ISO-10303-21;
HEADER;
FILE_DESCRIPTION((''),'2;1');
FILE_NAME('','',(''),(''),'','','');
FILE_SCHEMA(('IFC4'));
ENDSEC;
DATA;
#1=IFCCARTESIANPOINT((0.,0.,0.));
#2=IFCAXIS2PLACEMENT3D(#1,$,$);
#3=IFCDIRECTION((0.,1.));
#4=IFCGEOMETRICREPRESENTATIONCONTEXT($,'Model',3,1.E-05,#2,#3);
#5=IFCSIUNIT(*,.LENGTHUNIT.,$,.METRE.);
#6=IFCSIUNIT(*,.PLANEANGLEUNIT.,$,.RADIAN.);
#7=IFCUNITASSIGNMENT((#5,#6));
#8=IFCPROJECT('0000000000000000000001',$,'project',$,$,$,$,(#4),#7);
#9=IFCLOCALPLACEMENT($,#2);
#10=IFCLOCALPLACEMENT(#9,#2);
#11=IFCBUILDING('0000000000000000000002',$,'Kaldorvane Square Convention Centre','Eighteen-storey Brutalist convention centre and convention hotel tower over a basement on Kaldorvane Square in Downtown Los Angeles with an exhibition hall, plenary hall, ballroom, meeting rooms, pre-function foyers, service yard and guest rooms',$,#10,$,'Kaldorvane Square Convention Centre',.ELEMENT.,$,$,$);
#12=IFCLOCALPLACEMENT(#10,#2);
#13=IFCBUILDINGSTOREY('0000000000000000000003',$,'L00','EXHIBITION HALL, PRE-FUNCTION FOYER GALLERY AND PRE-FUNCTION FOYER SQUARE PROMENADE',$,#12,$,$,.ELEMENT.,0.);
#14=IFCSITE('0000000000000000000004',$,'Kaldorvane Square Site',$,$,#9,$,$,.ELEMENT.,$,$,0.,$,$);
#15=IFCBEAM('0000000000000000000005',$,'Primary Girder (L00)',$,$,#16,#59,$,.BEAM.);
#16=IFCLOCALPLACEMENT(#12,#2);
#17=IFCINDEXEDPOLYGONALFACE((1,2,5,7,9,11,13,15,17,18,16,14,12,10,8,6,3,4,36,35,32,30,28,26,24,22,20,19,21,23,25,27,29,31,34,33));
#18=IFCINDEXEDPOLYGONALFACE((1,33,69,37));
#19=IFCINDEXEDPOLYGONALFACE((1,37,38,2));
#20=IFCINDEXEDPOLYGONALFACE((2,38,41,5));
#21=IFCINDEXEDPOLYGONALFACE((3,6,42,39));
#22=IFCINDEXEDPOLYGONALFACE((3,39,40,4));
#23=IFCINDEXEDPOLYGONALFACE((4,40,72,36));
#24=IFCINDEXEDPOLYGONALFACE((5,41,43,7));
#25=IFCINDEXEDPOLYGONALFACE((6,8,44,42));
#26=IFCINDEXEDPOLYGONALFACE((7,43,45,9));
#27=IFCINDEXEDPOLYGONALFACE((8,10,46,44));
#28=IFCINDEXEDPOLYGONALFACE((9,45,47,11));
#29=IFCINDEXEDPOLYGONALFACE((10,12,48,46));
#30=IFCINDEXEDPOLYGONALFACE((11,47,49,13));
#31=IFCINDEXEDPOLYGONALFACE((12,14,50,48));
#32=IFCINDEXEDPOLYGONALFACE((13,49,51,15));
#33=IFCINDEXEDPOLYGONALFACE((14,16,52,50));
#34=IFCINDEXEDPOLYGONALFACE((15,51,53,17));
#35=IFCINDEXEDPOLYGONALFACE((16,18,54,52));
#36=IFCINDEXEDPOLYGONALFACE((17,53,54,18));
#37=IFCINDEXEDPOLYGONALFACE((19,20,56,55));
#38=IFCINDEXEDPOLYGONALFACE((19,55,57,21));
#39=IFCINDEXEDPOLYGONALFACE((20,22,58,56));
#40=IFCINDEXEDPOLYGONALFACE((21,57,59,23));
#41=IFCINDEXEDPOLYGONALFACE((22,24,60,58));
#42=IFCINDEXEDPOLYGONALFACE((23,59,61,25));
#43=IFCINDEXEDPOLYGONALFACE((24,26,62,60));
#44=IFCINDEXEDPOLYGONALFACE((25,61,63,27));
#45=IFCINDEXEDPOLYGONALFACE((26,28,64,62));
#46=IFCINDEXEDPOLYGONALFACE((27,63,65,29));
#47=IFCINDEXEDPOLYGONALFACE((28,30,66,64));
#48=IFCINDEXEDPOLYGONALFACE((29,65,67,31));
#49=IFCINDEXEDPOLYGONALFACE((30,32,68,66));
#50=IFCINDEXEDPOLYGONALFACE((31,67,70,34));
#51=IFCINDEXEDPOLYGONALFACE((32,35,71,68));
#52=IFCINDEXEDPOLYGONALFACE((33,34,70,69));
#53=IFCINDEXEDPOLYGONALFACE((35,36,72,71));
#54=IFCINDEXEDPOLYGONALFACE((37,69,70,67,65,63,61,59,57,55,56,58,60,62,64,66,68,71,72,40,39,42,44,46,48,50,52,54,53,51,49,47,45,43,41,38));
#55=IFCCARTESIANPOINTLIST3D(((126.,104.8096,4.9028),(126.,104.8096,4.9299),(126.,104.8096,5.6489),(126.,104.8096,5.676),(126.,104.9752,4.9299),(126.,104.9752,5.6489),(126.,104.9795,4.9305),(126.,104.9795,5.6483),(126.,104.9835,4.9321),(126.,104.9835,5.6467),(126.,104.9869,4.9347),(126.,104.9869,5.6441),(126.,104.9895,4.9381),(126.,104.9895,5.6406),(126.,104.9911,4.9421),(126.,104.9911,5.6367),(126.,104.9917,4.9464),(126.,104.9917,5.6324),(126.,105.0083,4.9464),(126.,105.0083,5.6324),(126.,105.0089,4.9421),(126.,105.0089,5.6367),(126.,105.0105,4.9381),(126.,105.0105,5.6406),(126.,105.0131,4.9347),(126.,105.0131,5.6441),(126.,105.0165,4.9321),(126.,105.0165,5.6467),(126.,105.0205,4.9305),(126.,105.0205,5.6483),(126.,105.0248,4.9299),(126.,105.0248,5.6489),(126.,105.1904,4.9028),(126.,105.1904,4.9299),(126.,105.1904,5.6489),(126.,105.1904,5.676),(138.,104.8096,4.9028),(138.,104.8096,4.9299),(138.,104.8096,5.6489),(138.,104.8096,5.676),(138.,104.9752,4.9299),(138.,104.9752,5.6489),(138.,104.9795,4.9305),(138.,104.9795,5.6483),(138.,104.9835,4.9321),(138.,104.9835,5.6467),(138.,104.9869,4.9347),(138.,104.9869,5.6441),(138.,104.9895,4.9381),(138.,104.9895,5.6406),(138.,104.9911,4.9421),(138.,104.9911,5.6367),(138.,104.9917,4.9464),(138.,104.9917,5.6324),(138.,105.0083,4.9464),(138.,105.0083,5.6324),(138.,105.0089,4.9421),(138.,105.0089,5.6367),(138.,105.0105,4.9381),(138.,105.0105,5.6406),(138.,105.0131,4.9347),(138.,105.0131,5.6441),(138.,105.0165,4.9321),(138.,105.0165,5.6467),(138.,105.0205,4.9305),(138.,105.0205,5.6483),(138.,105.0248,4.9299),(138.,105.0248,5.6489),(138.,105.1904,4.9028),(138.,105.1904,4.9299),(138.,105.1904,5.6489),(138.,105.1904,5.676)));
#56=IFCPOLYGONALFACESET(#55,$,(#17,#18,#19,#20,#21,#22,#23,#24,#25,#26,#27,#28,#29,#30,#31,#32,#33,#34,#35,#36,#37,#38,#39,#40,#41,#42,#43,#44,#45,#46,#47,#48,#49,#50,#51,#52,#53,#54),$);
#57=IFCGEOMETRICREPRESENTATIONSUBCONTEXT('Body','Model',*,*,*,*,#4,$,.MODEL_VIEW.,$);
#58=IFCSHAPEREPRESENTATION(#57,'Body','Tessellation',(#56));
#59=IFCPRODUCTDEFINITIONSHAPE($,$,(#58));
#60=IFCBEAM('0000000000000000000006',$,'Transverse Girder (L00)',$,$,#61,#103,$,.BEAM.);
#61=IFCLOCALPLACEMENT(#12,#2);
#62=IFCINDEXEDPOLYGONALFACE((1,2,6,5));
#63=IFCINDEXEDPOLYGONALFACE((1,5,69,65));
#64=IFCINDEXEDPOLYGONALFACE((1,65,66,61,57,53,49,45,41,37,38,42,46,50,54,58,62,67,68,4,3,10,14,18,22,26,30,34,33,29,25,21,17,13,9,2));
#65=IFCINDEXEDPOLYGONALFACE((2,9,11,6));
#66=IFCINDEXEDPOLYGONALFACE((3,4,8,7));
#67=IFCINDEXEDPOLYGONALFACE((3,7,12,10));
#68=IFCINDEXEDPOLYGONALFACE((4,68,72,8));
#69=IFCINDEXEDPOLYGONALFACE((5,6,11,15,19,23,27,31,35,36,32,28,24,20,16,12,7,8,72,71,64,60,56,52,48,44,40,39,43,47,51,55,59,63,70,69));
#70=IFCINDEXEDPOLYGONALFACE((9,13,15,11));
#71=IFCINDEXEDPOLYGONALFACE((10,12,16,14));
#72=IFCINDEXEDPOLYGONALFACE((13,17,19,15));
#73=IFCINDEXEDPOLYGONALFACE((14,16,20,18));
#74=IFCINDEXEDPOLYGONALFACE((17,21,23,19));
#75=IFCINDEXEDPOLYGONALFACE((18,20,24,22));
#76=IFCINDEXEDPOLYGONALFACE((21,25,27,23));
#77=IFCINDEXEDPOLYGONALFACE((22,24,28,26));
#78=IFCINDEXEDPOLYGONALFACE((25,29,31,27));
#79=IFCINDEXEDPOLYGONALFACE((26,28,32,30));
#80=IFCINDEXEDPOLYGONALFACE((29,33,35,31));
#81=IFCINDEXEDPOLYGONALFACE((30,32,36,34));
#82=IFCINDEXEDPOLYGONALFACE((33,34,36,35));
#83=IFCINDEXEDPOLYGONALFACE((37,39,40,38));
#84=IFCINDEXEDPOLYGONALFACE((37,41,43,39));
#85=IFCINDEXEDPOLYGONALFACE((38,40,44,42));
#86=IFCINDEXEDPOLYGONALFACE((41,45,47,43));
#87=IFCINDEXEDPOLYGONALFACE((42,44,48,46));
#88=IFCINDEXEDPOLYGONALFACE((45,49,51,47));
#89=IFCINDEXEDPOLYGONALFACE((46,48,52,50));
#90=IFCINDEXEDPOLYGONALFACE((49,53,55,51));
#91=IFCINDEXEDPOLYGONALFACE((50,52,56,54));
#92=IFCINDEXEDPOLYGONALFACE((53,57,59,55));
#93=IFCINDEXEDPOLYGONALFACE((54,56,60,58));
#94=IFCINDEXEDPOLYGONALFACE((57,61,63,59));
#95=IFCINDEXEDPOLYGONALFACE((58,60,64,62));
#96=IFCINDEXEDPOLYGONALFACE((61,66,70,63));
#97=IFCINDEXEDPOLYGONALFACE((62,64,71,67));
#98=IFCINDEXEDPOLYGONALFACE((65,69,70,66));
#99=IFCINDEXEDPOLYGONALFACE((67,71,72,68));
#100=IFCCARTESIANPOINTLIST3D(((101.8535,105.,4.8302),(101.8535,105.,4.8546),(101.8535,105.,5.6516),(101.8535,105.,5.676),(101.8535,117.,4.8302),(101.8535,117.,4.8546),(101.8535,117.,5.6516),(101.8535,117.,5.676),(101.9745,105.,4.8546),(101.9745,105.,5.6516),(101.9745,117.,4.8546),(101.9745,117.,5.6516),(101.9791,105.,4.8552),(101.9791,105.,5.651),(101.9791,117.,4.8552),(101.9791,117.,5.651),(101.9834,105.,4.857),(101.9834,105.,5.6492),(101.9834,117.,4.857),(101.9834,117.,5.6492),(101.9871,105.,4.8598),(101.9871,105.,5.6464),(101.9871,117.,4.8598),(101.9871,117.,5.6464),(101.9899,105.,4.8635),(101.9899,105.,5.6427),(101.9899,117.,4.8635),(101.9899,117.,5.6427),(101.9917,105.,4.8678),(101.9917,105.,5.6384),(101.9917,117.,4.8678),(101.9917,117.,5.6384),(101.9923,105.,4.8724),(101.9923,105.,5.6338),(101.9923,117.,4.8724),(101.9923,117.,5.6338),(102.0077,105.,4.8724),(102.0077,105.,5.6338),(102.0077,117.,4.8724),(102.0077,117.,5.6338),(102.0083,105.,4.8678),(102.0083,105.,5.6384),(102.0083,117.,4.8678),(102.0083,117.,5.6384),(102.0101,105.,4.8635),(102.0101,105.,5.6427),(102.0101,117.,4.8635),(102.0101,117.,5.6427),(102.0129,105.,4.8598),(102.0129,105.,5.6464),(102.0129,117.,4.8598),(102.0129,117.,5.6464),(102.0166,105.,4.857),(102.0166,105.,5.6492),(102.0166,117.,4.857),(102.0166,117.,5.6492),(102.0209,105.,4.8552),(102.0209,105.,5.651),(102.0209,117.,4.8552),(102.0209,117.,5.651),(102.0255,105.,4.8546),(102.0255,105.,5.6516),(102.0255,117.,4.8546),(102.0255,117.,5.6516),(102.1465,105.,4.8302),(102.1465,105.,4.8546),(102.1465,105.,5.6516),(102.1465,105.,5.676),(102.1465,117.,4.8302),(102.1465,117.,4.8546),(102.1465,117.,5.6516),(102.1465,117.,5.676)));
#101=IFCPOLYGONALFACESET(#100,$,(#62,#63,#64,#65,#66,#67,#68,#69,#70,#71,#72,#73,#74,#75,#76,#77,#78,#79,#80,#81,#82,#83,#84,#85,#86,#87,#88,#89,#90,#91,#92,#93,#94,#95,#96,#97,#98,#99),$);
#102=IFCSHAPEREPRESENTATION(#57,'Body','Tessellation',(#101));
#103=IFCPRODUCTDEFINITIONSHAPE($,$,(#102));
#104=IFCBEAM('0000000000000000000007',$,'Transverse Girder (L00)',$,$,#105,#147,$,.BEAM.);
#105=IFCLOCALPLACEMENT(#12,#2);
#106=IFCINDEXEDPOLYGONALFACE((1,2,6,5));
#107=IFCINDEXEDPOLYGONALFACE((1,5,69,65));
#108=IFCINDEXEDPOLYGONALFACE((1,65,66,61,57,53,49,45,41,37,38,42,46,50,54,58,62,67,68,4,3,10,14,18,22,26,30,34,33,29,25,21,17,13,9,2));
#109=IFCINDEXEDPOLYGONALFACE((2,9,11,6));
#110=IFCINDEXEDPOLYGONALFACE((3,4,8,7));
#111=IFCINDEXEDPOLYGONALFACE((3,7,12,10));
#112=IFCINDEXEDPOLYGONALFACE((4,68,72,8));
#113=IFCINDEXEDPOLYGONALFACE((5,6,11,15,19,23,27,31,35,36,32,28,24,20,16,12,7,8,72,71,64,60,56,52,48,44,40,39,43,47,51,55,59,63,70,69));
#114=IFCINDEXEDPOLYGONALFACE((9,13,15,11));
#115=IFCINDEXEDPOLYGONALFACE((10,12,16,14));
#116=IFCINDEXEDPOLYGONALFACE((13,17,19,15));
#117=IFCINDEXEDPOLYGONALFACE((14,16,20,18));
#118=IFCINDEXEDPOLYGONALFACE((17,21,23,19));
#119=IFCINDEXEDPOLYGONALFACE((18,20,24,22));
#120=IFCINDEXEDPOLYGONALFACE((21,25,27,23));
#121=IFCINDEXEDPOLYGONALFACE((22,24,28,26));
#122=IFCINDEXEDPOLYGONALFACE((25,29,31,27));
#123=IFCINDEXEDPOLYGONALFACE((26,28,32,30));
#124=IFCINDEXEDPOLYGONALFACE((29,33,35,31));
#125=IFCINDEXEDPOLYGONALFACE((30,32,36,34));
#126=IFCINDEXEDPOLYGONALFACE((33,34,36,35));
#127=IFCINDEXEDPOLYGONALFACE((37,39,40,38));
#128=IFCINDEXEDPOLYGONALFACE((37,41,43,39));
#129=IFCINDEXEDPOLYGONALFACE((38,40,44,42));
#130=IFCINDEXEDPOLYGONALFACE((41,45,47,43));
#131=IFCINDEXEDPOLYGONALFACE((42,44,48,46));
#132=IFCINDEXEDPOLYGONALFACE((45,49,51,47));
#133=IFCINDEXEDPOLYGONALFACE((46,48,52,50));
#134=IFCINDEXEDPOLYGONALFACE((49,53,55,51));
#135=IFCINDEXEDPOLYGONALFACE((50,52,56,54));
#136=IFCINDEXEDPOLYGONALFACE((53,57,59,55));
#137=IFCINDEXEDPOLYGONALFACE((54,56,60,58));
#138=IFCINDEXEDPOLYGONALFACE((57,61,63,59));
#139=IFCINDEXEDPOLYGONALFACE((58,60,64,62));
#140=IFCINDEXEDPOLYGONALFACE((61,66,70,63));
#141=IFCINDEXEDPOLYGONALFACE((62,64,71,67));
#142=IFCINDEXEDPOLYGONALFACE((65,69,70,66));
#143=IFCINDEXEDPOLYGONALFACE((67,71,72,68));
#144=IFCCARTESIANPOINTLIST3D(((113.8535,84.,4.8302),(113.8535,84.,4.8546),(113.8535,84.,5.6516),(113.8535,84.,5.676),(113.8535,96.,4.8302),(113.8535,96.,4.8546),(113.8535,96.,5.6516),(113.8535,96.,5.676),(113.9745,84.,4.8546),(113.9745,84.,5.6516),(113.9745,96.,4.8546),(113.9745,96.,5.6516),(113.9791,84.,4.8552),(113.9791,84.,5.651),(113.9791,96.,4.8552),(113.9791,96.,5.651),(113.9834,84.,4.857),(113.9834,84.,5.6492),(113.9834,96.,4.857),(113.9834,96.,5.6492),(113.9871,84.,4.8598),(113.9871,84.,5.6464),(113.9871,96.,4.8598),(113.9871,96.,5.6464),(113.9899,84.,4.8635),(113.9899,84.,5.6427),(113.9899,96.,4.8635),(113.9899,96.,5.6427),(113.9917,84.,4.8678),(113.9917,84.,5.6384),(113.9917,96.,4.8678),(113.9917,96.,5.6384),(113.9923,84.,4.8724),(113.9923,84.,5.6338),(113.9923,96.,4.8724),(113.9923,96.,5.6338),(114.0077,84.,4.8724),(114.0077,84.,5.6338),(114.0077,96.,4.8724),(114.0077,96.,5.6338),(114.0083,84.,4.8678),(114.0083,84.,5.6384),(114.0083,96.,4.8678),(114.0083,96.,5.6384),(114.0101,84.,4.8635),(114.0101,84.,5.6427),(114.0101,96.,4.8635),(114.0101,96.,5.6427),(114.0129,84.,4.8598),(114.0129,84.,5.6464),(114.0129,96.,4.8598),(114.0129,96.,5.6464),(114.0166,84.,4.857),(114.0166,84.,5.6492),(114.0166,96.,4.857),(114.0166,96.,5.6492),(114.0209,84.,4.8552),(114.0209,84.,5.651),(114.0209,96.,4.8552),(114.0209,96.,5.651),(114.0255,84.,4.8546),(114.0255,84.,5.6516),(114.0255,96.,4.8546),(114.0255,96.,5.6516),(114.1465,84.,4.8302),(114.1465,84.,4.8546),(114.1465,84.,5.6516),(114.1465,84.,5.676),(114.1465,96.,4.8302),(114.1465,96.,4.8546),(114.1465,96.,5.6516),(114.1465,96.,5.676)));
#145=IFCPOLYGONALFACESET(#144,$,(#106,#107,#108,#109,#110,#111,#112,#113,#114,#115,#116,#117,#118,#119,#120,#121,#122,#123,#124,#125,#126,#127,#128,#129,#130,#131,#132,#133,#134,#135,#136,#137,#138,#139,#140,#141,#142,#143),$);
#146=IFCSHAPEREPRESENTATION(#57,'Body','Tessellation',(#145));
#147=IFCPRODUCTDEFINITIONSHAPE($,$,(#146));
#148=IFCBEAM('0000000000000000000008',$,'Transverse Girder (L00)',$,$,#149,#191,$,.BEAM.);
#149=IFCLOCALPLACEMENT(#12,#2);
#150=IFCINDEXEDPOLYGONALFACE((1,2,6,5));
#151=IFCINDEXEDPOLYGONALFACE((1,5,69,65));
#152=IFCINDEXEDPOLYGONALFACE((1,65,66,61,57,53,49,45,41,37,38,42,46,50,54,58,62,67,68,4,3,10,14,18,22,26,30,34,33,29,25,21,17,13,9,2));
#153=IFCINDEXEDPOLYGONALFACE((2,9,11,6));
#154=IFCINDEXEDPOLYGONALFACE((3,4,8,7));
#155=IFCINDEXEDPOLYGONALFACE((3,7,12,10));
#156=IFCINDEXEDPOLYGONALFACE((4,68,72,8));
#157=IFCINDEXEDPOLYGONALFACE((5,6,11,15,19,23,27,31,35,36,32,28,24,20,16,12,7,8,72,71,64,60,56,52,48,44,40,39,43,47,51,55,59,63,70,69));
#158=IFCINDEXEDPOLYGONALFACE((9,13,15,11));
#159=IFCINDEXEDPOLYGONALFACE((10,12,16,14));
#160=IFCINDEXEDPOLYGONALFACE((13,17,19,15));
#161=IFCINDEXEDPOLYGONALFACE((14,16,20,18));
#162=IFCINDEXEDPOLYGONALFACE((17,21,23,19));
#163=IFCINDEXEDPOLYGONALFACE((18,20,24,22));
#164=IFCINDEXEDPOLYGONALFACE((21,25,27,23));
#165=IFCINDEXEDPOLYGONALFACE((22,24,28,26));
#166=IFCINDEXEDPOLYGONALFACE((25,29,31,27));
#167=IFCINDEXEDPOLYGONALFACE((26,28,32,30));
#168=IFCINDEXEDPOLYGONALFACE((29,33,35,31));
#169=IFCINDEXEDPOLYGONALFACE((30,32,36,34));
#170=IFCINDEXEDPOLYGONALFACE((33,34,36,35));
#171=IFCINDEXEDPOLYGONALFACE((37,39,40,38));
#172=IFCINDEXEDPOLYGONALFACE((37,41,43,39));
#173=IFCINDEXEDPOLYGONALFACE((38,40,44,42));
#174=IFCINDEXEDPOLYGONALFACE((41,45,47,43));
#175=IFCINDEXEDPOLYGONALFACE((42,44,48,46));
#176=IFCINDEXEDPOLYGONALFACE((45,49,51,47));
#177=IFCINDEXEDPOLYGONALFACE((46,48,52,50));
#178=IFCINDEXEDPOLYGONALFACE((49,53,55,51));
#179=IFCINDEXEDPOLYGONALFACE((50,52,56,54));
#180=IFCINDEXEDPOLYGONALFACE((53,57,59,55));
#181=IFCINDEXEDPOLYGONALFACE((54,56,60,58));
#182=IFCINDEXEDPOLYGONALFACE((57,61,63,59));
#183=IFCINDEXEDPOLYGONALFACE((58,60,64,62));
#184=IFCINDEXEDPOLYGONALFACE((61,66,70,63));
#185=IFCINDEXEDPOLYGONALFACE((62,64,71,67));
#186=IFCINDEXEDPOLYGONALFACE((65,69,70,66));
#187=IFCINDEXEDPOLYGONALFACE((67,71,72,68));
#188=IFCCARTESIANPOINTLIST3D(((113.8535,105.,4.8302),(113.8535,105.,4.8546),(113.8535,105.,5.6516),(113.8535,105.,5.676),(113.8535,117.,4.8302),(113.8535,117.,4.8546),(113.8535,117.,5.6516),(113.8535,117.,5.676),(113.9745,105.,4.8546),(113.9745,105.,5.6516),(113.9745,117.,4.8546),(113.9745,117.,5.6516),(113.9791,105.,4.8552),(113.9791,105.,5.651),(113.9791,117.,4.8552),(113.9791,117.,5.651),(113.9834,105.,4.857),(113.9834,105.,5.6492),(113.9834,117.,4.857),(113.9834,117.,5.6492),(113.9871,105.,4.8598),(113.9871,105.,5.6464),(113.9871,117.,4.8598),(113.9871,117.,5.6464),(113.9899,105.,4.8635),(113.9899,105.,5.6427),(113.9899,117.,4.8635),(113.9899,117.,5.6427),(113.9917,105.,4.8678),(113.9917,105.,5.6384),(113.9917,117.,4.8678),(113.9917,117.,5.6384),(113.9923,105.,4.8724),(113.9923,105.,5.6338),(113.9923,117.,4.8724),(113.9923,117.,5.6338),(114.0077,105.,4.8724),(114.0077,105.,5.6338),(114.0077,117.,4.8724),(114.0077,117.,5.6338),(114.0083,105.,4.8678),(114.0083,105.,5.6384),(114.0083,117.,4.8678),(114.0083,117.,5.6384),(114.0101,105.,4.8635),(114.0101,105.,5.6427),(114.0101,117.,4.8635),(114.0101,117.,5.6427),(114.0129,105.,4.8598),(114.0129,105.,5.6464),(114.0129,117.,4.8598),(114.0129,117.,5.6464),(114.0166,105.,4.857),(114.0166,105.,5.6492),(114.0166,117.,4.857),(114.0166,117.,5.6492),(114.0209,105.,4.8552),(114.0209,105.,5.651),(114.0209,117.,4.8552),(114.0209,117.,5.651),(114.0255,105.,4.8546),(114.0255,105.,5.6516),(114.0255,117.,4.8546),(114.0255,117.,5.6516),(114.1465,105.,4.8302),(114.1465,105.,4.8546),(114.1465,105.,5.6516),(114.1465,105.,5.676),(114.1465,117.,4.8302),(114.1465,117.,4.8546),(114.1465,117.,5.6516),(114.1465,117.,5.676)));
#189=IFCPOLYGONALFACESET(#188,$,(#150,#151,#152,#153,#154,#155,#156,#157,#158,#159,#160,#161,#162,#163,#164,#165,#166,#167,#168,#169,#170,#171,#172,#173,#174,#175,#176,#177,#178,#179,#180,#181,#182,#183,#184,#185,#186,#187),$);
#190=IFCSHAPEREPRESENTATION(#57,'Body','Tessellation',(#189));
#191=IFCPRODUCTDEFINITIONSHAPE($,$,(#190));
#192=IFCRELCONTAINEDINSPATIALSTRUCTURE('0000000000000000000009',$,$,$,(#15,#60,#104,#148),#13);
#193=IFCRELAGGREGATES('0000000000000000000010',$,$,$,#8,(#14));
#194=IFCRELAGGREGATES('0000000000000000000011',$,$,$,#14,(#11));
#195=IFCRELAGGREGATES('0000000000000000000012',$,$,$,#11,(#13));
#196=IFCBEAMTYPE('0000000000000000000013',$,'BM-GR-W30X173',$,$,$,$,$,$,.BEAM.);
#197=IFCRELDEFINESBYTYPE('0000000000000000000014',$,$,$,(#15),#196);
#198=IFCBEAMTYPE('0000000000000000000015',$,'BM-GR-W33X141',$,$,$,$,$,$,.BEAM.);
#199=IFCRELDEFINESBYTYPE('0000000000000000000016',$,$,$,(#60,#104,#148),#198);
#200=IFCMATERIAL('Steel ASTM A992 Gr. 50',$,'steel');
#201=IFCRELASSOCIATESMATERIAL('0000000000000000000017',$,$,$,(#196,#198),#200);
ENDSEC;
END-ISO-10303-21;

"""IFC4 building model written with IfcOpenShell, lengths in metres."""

from ifc_helpers import new_model, si_unit, direction, frame, origin, origin_2d, place, context, subcontext, project, spatial, i_section, extrude, material, material_profile, profile_set, type_object, element, save


model = new_model("IFC4")

# Units and contexts
model_context = context("Model", 3, precision=1e-05, world=origin(), true_north=direction((0.0, 1.0)))
body_context = subcontext(model_context, "Body", "Model", "MODEL_VIEW")
ifc_project = project(units=[si_unit("LENGTHUNIT", "METRE"), si_unit("PLANEANGLEUNIT", "RADIAN")], contexts=[model_context])

# Site, building, storey
site_placement = place(None, origin())
site = spatial("IfcSite", under=ifc_project, at=site_placement, Name="Kaldorvane Square Site", CompositionType="ELEMENT", RefElevation=0.0)
building_placement = place(site_placement, origin())
building = spatial("IfcBuilding", under=site, at=building_placement, Name="Kaldorvane Square Convention Centre", Description="Eighteen-storey Brutalist convention centre and convention hotel tower over a basement on Kaldorvane Square in Downtown Los Angeles with an exhibition hall, plenary hall, ballroom, meeting rooms, pre-function foyers, service yard and guest rooms", LongName="Kaldorvane Square Convention Centre", CompositionType="ELEMENT")
storey_placement = place(building_placement, origin())
storey = spatial("IfcBuildingStorey", under=building, at=storey_placement, Name="L00", Description="EXHIBITION HALL, PRE-FUNCTION FOYER GALLERY AND PRE-FUNCTION FOYER SQUARE PROMENADE", CompositionType="ELEMENT", Elevation=0.0)

# Shared definitions
ifc_material_1 = material(Name="Steel ASTM A992 Gr. 50", Category="steel")

# Beams
ifc_material_profile_1 = material_profile(ifc_material_1, i_section(OverallWidth=0.3807, OverallDepth=0.7732, WebThickness=0.0166, FlangeThickness=0.0271, FilletRadius=0.0165, at=origin_2d()), Name="W30X173")
ifc_profile_set_1 = profile_set([ifc_material_profile_1], Name="Steel ASTM A992 Gr. 50")
beam_type_1 = type_object("IfcBeamType", Name="BM-GR-W30X173", PredefinedType="BEAM", material=ifc_profile_set_1)
for number, where, z_axis, x_axis, name in (
    (1, (126.0, 105.0, 5.2894), (1.0, 0.0, 0.0), (0.0, 1.0, 0.0), "Primary Girder (L00)"),
):
    element("IfcBeam", number, at=place(storey_placement, frame(where, z_axis=z_axis, x_axis=x_axis)), inside=storey, type_object=beam_type_1, Name=name, PredefinedType="BEAM", context=body_context, shape_type="SweptSolid", body=[
        extrude(i_section(OverallWidth=0.3807, OverallDepth=0.7732, WebThickness=0.0166, FlangeThickness=0.0271, FilletRadius=0.0165, at=origin_2d()), origin(), (0.0, 0.0, 1.0), 12.0),
    ])
ifc_material_profile_2 = material_profile(ifc_material_1, i_section(OverallWidth=0.293, OverallDepth=0.8458, WebThickness=0.0154, FlangeThickness=0.0244, FilletRadius=0.0178, at=origin_2d()), Name="W33X141")
ifc_profile_set_2 = profile_set([ifc_material_profile_2], Name="Steel ASTM A992 Gr. 50")
beam_type_2 = type_object("IfcBeamType", Name="BM-GR-W33X141", PredefinedType="BEAM", material=ifc_profile_set_2)
for number, where, z_axis, x_axis, name in (
    (2, (102.0, 105.0, 5.2531), (0.0, 1.0, 0.0), (-1.0, 0.0, 0.0), "Transverse Girder (L00)"),
    (3, (114.0, 84.0, 5.2531), (0.0, 1.0, 0.0), (-1.0, 0.0, 0.0), "Transverse Girder (L00)"),
    (4, (114.0, 105.0, 5.2531), (0.0, 1.0, 0.0), (-1.0, 0.0, 0.0), "Transverse Girder (L00)"),
):
    element("IfcBeam", number, at=place(storey_placement, frame(where, z_axis=z_axis, x_axis=x_axis)), inside=storey, type_object=beam_type_2, Name=name, PredefinedType="BEAM", context=body_context, shape_type="SweptSolid", body=[
        extrude(i_section(OverallWidth=0.293, OverallDepth=0.8458, WebThickness=0.0154, FlangeThickness=0.0244, FilletRadius=0.0178, at=origin_2d()), origin(), (0.0, 0.0, 1.0), 12.0),
    ])

save(model, "model.ifc")
